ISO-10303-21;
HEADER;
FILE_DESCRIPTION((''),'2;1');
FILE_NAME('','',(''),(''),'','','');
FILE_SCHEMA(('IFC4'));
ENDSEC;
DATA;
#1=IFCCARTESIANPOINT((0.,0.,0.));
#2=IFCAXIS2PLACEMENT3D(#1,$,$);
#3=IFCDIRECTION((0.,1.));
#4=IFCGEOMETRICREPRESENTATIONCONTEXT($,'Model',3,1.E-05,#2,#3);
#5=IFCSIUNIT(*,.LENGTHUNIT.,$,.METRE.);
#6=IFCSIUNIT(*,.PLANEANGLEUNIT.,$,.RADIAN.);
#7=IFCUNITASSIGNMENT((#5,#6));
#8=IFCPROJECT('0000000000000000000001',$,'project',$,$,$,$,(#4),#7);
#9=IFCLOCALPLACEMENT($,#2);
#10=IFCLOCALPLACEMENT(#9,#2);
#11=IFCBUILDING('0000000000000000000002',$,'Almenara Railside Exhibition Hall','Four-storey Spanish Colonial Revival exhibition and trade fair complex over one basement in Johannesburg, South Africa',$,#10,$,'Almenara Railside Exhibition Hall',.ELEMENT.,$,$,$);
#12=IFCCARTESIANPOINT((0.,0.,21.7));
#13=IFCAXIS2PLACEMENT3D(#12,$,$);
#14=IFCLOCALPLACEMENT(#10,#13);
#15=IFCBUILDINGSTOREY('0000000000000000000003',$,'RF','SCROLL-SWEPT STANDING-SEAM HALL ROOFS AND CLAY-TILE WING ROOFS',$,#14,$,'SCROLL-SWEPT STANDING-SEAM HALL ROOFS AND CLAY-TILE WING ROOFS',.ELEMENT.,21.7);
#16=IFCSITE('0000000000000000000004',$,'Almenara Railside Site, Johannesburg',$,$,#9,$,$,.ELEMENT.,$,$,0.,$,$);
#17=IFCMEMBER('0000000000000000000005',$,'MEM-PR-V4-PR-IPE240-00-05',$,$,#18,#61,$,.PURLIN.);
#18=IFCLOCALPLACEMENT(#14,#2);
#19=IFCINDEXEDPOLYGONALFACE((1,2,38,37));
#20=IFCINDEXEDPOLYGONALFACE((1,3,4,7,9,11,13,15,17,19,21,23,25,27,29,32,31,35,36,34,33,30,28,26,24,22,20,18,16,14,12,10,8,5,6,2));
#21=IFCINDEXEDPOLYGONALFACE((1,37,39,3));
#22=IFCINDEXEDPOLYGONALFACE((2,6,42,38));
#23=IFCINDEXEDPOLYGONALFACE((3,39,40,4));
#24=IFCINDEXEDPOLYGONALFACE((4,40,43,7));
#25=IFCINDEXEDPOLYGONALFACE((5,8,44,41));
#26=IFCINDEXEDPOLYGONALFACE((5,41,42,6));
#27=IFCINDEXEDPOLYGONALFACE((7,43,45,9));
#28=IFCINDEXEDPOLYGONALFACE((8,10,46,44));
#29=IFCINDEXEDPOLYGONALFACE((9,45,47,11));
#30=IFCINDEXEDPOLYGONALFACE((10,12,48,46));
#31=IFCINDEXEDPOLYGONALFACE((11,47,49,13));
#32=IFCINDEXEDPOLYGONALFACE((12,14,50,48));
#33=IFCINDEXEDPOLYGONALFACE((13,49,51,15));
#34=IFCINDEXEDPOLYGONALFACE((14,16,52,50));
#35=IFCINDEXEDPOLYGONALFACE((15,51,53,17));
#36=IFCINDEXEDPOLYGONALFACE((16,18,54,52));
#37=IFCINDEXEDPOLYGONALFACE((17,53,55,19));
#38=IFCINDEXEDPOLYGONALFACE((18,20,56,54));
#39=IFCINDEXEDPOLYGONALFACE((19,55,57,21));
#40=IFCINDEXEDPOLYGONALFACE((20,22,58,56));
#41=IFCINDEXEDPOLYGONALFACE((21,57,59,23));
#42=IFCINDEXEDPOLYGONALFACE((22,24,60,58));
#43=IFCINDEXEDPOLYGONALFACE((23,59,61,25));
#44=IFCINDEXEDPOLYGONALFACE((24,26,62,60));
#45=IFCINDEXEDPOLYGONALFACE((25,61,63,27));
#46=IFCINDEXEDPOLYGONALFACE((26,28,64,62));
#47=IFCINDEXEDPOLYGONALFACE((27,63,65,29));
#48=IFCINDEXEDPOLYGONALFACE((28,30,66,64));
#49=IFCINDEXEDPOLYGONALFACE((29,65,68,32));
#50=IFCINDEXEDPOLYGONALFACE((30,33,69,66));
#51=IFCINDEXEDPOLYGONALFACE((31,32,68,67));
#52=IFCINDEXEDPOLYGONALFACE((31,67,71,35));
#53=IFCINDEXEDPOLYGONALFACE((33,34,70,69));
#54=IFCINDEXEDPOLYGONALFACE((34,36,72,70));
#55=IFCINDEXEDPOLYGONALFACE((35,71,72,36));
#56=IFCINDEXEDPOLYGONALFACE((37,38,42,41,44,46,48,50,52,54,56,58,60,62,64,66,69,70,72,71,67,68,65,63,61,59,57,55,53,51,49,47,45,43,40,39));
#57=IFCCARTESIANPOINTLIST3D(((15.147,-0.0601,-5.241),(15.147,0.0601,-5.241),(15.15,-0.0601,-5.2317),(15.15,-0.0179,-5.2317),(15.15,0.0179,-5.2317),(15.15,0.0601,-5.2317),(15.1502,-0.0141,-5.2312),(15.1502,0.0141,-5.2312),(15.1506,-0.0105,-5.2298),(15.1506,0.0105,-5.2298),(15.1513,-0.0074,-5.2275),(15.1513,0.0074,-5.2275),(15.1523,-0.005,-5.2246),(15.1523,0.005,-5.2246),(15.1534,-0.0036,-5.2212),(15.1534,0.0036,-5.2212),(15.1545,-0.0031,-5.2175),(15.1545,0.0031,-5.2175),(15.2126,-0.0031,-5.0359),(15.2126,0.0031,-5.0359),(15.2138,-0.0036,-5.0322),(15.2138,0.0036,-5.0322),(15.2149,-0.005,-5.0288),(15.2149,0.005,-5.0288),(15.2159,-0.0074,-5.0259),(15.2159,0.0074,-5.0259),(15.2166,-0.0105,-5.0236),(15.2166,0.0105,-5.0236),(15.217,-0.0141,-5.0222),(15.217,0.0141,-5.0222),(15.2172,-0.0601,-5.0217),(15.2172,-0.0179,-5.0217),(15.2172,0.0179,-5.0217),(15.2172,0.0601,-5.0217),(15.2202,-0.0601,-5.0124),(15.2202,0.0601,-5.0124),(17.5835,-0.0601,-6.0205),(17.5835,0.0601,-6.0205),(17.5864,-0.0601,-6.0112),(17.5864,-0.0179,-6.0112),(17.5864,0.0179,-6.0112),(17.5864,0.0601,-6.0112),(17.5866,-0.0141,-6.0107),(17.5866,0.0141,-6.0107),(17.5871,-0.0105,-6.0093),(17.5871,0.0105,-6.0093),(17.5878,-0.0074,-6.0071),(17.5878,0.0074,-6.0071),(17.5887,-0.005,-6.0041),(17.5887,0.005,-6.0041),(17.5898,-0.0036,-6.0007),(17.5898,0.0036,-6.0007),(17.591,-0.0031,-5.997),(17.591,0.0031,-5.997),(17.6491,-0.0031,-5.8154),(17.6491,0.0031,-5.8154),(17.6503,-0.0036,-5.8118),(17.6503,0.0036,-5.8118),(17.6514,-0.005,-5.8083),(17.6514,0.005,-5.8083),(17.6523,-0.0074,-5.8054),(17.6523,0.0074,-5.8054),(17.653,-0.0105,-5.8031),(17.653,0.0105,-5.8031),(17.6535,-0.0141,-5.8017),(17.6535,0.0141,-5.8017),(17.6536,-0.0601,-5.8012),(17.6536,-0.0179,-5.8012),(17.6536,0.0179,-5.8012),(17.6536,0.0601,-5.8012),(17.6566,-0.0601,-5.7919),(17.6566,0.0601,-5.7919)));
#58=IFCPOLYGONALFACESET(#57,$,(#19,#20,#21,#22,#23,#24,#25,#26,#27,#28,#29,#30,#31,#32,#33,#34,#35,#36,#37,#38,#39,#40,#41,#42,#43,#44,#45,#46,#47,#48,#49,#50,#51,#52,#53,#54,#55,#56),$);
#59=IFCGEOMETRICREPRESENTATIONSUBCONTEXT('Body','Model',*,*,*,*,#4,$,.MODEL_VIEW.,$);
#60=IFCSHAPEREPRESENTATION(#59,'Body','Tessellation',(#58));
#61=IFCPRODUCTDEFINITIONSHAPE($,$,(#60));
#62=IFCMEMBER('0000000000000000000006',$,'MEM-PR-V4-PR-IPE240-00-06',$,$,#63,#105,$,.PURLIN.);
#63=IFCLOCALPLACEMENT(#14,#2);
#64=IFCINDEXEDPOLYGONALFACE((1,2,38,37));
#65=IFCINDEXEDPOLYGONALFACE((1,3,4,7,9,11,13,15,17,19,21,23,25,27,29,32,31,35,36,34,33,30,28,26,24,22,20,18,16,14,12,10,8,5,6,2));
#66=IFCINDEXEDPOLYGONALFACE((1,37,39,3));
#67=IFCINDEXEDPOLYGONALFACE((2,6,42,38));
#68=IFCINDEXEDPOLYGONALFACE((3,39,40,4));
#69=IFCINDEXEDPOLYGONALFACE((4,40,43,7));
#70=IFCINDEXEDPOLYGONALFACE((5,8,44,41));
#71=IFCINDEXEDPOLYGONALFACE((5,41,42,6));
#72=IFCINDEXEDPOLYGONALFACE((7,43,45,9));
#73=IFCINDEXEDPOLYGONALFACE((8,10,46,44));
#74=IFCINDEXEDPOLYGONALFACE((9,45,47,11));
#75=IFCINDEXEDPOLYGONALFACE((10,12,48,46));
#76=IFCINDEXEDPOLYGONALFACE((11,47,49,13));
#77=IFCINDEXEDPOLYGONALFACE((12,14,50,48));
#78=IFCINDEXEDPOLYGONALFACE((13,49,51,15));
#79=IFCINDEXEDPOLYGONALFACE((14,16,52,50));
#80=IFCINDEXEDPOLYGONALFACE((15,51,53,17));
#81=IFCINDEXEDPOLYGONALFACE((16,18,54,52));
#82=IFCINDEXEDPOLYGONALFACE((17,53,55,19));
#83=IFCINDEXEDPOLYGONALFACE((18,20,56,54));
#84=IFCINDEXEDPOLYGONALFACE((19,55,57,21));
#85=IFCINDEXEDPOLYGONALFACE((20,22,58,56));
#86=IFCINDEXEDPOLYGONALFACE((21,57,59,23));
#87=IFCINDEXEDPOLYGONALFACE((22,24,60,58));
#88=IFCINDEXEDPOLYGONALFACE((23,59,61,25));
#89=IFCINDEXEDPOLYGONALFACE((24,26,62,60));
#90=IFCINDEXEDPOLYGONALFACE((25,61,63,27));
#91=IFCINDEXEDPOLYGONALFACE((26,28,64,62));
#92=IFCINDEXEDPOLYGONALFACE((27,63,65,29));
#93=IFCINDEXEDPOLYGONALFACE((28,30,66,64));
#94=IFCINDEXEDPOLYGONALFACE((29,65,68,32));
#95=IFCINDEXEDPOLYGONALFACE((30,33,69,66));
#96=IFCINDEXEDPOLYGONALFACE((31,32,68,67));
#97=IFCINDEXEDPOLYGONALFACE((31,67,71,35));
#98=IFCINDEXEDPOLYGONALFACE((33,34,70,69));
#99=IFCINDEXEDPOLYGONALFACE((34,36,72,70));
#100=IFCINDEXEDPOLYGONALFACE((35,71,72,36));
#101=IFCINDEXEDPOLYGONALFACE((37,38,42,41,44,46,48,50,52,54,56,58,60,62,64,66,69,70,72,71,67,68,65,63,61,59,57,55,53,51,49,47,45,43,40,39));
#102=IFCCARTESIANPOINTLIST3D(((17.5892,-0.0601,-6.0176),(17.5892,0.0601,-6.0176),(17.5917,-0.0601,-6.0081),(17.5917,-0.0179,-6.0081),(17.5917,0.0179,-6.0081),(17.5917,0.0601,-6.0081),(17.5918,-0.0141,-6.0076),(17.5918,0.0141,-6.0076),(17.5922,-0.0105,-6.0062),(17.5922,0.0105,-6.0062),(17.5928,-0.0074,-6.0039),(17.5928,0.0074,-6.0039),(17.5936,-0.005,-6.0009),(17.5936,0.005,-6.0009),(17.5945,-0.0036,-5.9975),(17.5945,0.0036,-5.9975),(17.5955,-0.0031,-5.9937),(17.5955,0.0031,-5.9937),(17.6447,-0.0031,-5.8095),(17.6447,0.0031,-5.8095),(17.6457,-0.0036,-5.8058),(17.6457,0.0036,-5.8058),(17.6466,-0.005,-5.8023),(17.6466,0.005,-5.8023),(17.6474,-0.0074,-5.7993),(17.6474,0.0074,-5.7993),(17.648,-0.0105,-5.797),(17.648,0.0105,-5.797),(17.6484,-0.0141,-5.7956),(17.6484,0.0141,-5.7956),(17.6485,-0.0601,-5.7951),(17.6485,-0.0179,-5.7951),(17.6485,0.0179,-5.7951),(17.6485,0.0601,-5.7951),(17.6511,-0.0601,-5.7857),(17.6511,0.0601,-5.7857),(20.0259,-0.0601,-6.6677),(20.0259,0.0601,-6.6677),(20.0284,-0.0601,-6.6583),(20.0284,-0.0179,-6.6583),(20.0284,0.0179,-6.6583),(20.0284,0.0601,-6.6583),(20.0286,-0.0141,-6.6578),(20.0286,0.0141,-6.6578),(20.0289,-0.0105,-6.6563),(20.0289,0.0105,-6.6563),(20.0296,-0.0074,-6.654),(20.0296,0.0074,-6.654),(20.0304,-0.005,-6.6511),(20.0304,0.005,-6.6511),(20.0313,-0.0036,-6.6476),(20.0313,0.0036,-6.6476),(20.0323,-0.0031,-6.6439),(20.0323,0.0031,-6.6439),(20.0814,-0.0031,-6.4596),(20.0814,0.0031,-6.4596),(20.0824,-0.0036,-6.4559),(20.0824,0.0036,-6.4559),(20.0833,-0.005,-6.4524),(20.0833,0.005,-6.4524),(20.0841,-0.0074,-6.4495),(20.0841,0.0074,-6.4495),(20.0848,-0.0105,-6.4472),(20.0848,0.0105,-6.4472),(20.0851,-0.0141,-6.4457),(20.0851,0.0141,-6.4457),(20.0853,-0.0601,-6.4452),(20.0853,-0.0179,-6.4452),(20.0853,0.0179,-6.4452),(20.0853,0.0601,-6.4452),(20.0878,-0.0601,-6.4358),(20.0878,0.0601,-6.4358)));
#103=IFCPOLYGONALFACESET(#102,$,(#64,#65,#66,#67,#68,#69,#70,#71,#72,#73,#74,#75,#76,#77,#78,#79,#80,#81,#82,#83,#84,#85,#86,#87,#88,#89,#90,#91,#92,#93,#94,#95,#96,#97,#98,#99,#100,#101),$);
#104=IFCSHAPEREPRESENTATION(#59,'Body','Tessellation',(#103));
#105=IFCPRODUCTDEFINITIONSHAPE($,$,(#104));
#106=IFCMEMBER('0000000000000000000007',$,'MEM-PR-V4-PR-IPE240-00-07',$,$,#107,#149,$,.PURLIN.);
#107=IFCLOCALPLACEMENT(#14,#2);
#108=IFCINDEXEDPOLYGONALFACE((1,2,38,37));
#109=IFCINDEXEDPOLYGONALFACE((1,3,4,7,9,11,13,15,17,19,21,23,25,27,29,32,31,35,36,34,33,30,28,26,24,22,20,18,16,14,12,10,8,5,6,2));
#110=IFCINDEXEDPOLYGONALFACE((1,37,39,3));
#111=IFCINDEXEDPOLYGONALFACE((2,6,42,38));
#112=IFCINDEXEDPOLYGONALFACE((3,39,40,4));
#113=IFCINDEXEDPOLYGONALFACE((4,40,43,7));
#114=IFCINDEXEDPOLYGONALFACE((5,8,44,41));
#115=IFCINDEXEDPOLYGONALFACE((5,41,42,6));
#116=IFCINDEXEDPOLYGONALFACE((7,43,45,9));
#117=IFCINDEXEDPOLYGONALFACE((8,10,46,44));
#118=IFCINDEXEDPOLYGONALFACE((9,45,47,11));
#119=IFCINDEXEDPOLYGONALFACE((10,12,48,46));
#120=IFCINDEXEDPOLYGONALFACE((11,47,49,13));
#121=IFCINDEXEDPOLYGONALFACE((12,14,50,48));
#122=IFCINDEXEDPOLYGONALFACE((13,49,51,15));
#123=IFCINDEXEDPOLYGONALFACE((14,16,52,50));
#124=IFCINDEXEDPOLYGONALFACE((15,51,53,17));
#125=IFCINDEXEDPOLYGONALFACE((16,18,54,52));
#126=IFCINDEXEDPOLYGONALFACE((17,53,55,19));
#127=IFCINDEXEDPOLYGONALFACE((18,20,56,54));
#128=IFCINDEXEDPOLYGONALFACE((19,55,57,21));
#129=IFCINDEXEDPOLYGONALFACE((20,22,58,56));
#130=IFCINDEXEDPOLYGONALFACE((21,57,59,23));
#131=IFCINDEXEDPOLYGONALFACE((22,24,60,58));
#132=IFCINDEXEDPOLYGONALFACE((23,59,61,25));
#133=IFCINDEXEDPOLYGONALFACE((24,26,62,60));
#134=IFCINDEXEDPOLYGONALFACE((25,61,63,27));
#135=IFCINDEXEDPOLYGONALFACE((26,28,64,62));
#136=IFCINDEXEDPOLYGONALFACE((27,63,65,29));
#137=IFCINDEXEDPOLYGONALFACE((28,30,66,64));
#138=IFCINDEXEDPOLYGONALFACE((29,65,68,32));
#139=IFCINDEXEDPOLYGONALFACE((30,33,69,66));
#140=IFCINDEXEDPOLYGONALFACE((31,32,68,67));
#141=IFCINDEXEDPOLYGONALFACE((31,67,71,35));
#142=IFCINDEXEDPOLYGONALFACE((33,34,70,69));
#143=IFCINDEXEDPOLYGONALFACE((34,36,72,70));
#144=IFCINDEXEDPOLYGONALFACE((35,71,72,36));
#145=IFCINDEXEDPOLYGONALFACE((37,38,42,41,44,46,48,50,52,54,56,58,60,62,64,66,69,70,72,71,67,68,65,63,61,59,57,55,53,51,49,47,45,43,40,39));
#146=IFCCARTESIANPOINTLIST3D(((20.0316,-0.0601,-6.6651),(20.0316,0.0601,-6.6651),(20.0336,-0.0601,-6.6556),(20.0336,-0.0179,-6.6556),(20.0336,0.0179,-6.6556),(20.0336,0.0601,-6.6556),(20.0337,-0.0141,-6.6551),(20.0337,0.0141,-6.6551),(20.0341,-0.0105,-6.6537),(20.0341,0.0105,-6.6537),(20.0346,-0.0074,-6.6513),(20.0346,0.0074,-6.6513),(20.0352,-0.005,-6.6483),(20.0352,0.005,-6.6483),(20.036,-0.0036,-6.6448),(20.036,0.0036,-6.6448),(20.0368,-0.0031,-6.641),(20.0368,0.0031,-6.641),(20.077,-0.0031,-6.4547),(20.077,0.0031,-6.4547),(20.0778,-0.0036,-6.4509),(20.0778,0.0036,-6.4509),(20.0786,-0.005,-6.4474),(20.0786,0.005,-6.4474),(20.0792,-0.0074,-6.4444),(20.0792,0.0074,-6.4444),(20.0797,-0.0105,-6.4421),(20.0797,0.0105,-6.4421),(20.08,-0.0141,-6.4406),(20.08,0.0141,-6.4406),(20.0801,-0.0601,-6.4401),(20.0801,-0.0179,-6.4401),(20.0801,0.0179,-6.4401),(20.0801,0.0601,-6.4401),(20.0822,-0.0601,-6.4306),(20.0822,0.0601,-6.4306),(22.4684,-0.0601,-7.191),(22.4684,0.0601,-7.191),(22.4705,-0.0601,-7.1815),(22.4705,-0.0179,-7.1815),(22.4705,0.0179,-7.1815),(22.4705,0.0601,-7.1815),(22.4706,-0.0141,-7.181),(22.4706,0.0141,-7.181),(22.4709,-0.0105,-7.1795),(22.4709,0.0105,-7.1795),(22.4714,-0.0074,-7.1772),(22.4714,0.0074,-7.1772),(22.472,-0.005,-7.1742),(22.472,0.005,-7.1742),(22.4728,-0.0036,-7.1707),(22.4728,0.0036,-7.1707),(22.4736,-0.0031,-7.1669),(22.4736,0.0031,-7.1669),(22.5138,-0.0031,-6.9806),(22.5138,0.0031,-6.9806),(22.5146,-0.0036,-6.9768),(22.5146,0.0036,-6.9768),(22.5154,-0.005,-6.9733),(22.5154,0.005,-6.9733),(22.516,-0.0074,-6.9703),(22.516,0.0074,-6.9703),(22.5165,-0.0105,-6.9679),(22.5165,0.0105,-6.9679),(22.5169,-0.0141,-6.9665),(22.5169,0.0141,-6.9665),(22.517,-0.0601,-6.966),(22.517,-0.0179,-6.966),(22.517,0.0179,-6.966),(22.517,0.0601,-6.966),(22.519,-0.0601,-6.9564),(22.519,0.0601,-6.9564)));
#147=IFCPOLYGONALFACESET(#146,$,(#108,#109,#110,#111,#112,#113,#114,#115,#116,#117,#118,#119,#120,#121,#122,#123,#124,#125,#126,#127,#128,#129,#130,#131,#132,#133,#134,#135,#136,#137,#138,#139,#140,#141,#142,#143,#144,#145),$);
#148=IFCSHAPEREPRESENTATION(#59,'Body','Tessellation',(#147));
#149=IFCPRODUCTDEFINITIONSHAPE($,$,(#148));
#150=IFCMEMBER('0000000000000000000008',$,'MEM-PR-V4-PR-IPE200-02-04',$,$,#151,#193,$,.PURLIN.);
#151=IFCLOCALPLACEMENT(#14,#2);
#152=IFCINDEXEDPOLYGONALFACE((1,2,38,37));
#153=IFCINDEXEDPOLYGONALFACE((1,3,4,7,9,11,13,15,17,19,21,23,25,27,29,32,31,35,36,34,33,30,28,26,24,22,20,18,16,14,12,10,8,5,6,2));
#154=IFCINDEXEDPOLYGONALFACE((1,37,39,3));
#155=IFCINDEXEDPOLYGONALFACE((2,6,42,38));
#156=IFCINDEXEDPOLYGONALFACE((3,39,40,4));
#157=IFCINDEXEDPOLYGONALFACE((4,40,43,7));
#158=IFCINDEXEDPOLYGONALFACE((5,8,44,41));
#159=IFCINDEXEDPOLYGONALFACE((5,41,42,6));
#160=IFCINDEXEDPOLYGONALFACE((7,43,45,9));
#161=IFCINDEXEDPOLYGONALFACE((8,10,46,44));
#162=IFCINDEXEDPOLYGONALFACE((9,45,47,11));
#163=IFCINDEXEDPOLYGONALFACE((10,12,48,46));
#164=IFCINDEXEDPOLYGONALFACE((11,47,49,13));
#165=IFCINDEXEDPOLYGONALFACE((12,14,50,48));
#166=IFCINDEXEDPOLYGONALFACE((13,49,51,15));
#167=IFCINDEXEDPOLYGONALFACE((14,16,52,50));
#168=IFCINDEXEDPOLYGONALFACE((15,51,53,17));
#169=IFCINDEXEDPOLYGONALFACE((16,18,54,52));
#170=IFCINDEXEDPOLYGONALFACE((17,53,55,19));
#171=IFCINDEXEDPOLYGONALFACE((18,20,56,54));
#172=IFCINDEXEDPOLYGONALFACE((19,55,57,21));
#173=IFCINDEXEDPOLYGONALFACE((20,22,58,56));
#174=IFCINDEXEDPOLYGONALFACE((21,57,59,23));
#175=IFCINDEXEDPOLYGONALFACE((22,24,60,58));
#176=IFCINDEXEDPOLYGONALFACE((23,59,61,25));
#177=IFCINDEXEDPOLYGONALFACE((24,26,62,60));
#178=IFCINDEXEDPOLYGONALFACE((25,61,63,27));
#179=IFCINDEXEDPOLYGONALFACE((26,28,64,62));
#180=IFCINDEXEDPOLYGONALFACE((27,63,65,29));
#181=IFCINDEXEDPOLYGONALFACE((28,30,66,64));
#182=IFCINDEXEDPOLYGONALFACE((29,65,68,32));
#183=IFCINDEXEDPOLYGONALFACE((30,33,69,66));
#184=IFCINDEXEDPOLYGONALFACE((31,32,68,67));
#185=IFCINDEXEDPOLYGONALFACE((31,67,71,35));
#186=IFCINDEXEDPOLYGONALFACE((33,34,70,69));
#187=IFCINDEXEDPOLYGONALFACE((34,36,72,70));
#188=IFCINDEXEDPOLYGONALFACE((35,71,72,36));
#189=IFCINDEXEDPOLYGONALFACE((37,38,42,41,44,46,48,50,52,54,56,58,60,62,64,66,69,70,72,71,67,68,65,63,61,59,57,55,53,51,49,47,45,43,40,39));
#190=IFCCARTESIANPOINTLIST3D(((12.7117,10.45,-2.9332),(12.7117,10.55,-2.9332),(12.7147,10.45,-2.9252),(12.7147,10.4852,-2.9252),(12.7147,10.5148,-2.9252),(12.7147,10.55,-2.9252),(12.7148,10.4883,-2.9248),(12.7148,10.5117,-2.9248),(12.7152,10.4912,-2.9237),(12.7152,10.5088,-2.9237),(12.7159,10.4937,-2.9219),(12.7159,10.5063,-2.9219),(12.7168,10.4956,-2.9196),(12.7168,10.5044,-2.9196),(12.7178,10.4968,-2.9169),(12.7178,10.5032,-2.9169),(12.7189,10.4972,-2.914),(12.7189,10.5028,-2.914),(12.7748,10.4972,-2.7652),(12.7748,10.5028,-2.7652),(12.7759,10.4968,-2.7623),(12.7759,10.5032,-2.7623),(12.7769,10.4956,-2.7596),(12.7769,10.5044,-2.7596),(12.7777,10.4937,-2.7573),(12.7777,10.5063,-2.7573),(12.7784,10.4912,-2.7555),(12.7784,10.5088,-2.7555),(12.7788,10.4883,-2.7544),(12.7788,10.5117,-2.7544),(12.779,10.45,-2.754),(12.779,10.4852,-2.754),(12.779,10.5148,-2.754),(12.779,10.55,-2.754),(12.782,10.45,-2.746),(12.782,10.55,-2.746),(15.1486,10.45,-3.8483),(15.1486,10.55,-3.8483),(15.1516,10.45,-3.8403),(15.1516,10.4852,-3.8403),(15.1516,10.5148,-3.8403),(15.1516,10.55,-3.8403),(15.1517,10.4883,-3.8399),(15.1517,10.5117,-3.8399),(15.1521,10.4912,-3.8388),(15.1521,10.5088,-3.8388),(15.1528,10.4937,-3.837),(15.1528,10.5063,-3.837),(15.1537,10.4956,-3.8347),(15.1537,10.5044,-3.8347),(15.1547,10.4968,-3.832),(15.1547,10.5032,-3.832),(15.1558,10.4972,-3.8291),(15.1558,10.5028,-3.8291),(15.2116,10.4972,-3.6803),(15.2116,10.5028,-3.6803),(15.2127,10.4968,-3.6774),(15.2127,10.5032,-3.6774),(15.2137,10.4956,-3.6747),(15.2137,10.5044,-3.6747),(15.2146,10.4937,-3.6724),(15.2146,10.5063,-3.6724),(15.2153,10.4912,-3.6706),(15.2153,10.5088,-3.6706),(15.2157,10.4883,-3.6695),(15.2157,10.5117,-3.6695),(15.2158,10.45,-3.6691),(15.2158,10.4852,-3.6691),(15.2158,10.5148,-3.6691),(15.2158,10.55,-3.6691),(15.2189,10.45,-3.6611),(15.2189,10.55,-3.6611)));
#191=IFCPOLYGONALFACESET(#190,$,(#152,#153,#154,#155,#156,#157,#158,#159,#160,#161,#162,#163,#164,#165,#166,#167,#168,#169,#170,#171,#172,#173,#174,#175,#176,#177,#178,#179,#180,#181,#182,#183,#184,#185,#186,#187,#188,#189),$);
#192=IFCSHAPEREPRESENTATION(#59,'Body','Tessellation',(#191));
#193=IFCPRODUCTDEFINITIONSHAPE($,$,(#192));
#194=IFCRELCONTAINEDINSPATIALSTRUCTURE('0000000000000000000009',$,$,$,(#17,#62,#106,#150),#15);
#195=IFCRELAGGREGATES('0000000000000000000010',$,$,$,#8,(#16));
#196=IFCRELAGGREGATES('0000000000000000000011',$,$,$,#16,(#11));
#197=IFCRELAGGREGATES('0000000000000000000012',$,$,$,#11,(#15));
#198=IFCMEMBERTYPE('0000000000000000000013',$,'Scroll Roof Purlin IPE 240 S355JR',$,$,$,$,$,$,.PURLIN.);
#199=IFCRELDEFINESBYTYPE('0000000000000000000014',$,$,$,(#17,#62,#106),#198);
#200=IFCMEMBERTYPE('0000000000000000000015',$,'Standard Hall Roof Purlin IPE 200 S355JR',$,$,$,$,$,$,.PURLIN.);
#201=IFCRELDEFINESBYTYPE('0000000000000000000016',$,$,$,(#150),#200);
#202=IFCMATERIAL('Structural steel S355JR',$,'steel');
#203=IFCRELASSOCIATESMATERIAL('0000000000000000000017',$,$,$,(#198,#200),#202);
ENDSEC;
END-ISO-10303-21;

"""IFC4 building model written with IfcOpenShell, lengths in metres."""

from ifc_helpers import new_model, si_unit, direction, frame, origin, origin_2d, place, context, subcontext, project, spatial, i_section, extrude, material, material_profile, profile_set, type_object, element, save


model = new_model("IFC4")

# Units and contexts
model_context = context("Model", 3, precision=1e-05, world=origin(), true_north=direction((0.0, 1.0)))
body_context = subcontext(model_context, "Body", "Model", "MODEL_VIEW")
ifc_project = project(units=[si_unit("LENGTHUNIT", "METRE"), si_unit("PLANEANGLEUNIT", "RADIAN")], contexts=[model_context])

# Site, building, storey
site_placement = place(None, origin())
site = spatial("IfcSite", under=ifc_project, at=site_placement, Name="Almenara Railside Site, Johannesburg", CompositionType="ELEMENT", RefElevation=0.0)
building_placement = place(site_placement, origin())
building = spatial("IfcBuilding", under=site, at=building_placement, Name="Almenara Railside Exhibition Hall", Description="Four-storey Spanish Colonial Revival exhibition and trade fair complex over one basement in Johannesburg, South Africa", LongName="Almenara Railside Exhibition Hall", CompositionType="ELEMENT")
storey_placement = place(building_placement, frame((0.0, 0.0, 21.7)))
storey = spatial("IfcBuildingStorey", under=building, at=storey_placement, Name="RF", Description="SCROLL-SWEPT STANDING-SEAM HALL ROOFS AND CLAY-TILE WING ROOFS", LongName="SCROLL-SWEPT STANDING-SEAM HALL ROOFS AND CLAY-TILE WING ROOFS", CompositionType="ELEMENT", Elevation=21.7)

# Shared definitions
ifc_material_1 = material(Name="Structural steel S355JR", Category="steel")

# Members
ifc_material_profile_1 = material_profile(ifc_material_1, i_section(OverallWidth=0.1201, OverallDepth=0.24, WebThickness=0.0061, FlangeThickness=0.0098, FilletRadius=0.0149, at=origin_2d()), Name="IPE 240")
ifc_profile_set_1 = profile_set([ifc_material_profile_1], Name="Structural steel S355JR")
member_type_1 = type_object("IfcMemberType", Name="Scroll Roof Purlin IPE 240 S355JR", PredefinedType="PURLIN", material=ifc_profile_set_1)
member_1_placement = place(storey_placement, frame((15.1836, 0.0, -5.1267), z_axis=(0.952441, 0.0, -0.304724), x_axis=(0.0, 1.0, 0.0)))
element("IfcMember", 1, at=member_1_placement, inside=storey, type_object=member_type_1, Name="MEM-PR-V4-PR-IPE240-00-05", PredefinedType="PURLIN", context=body_context, shape_type="SweptSolid", body=[
    extrude(i_section(OverallWidth=0.1201, OverallDepth=0.24, WebThickness=0.0061, FlangeThickness=0.0098, FilletRadius=0.0149, at=origin_2d()), origin(), (0.0, 0.0, 1.0), 2.5581),
])
member_2_placement = place(storey_placement, frame((17.6201, 0.0, -5.9016), z_axis=(0.966201, 0.0, -0.257789), x_axis=(0.0, 1.0, 0.0)))
element("IfcMember", 2, at=member_2_placement, inside=storey, type_object=member_type_1, Name="MEM-PR-V4-PR-IPE240-00-06", PredefinedType="PURLIN", context=body_context, shape_type="SweptSolid", body=[
    extrude(i_section(OverallWidth=0.1201, OverallDepth=0.24, WebThickness=0.0061, FlangeThickness=0.0098, FilletRadius=0.0149, at=origin_2d()), origin(), (0.0, 0.0, 1.0), 2.522),
])
member_3_placement = place(storey_placement, frame((20.0569, 0.0, -6.5479), z_axis=(0.977496, 0.0, -0.210953), x_axis=(0.0, 1.0, 0.0)))
element("IfcMember", 3, at=member_3_placement, inside=storey, type_object=member_type_1, Name="MEM-PR-V4-PR-IPE240-00-07", PredefinedType="PURLIN", context=body_context, shape_type="SweptSolid", body=[
    extrude(i_section(OverallWidth=0.1201, OverallDepth=0.24, WebThickness=0.0061, FlangeThickness=0.0098, FilletRadius=0.0149, at=origin_2d()), origin(), (0.0, 0.0, 1.0), 2.4929),
])
ifc_material_profile_2 = material_profile(ifc_material_1, i_section(OverallWidth=0.1001, OverallDepth=0.2, WebThickness=0.0056, FlangeThickness=0.0085, FilletRadius=0.012, at=origin_2d()), Name="IPE 200")
ifc_profile_set_2 = profile_set([ifc_material_profile_2], Name="Structural steel S355JR")
member_type_2 = type_object("IfcMemberType", Name="Standard Hall Roof Purlin IPE 200 S355JR", PredefinedType="PURLIN", material=ifc_profile_set_2)
member_4_placement = place(storey_placement, frame((12.7468, 10.5, -2.8396), z_axis=(0.936171, 0.0, -0.351545), x_axis=(0.0, 1.0, 0.0)))
element("IfcMember", 4, at=member_4_placement, inside=storey, type_object=member_type_2, Name="MEM-PR-V4-PR-IPE200-02-04", PredefinedType="PURLIN", context=body_context, shape_type="SweptSolid", body=[
    extrude(i_section(OverallWidth=0.1001, OverallDepth=0.2, WebThickness=0.0056, FlangeThickness=0.0085, FilletRadius=0.012, at=origin_2d()), origin(), (0.0, 0.0, 1.0), 2.603),
])

save(model, "model.ifc")
